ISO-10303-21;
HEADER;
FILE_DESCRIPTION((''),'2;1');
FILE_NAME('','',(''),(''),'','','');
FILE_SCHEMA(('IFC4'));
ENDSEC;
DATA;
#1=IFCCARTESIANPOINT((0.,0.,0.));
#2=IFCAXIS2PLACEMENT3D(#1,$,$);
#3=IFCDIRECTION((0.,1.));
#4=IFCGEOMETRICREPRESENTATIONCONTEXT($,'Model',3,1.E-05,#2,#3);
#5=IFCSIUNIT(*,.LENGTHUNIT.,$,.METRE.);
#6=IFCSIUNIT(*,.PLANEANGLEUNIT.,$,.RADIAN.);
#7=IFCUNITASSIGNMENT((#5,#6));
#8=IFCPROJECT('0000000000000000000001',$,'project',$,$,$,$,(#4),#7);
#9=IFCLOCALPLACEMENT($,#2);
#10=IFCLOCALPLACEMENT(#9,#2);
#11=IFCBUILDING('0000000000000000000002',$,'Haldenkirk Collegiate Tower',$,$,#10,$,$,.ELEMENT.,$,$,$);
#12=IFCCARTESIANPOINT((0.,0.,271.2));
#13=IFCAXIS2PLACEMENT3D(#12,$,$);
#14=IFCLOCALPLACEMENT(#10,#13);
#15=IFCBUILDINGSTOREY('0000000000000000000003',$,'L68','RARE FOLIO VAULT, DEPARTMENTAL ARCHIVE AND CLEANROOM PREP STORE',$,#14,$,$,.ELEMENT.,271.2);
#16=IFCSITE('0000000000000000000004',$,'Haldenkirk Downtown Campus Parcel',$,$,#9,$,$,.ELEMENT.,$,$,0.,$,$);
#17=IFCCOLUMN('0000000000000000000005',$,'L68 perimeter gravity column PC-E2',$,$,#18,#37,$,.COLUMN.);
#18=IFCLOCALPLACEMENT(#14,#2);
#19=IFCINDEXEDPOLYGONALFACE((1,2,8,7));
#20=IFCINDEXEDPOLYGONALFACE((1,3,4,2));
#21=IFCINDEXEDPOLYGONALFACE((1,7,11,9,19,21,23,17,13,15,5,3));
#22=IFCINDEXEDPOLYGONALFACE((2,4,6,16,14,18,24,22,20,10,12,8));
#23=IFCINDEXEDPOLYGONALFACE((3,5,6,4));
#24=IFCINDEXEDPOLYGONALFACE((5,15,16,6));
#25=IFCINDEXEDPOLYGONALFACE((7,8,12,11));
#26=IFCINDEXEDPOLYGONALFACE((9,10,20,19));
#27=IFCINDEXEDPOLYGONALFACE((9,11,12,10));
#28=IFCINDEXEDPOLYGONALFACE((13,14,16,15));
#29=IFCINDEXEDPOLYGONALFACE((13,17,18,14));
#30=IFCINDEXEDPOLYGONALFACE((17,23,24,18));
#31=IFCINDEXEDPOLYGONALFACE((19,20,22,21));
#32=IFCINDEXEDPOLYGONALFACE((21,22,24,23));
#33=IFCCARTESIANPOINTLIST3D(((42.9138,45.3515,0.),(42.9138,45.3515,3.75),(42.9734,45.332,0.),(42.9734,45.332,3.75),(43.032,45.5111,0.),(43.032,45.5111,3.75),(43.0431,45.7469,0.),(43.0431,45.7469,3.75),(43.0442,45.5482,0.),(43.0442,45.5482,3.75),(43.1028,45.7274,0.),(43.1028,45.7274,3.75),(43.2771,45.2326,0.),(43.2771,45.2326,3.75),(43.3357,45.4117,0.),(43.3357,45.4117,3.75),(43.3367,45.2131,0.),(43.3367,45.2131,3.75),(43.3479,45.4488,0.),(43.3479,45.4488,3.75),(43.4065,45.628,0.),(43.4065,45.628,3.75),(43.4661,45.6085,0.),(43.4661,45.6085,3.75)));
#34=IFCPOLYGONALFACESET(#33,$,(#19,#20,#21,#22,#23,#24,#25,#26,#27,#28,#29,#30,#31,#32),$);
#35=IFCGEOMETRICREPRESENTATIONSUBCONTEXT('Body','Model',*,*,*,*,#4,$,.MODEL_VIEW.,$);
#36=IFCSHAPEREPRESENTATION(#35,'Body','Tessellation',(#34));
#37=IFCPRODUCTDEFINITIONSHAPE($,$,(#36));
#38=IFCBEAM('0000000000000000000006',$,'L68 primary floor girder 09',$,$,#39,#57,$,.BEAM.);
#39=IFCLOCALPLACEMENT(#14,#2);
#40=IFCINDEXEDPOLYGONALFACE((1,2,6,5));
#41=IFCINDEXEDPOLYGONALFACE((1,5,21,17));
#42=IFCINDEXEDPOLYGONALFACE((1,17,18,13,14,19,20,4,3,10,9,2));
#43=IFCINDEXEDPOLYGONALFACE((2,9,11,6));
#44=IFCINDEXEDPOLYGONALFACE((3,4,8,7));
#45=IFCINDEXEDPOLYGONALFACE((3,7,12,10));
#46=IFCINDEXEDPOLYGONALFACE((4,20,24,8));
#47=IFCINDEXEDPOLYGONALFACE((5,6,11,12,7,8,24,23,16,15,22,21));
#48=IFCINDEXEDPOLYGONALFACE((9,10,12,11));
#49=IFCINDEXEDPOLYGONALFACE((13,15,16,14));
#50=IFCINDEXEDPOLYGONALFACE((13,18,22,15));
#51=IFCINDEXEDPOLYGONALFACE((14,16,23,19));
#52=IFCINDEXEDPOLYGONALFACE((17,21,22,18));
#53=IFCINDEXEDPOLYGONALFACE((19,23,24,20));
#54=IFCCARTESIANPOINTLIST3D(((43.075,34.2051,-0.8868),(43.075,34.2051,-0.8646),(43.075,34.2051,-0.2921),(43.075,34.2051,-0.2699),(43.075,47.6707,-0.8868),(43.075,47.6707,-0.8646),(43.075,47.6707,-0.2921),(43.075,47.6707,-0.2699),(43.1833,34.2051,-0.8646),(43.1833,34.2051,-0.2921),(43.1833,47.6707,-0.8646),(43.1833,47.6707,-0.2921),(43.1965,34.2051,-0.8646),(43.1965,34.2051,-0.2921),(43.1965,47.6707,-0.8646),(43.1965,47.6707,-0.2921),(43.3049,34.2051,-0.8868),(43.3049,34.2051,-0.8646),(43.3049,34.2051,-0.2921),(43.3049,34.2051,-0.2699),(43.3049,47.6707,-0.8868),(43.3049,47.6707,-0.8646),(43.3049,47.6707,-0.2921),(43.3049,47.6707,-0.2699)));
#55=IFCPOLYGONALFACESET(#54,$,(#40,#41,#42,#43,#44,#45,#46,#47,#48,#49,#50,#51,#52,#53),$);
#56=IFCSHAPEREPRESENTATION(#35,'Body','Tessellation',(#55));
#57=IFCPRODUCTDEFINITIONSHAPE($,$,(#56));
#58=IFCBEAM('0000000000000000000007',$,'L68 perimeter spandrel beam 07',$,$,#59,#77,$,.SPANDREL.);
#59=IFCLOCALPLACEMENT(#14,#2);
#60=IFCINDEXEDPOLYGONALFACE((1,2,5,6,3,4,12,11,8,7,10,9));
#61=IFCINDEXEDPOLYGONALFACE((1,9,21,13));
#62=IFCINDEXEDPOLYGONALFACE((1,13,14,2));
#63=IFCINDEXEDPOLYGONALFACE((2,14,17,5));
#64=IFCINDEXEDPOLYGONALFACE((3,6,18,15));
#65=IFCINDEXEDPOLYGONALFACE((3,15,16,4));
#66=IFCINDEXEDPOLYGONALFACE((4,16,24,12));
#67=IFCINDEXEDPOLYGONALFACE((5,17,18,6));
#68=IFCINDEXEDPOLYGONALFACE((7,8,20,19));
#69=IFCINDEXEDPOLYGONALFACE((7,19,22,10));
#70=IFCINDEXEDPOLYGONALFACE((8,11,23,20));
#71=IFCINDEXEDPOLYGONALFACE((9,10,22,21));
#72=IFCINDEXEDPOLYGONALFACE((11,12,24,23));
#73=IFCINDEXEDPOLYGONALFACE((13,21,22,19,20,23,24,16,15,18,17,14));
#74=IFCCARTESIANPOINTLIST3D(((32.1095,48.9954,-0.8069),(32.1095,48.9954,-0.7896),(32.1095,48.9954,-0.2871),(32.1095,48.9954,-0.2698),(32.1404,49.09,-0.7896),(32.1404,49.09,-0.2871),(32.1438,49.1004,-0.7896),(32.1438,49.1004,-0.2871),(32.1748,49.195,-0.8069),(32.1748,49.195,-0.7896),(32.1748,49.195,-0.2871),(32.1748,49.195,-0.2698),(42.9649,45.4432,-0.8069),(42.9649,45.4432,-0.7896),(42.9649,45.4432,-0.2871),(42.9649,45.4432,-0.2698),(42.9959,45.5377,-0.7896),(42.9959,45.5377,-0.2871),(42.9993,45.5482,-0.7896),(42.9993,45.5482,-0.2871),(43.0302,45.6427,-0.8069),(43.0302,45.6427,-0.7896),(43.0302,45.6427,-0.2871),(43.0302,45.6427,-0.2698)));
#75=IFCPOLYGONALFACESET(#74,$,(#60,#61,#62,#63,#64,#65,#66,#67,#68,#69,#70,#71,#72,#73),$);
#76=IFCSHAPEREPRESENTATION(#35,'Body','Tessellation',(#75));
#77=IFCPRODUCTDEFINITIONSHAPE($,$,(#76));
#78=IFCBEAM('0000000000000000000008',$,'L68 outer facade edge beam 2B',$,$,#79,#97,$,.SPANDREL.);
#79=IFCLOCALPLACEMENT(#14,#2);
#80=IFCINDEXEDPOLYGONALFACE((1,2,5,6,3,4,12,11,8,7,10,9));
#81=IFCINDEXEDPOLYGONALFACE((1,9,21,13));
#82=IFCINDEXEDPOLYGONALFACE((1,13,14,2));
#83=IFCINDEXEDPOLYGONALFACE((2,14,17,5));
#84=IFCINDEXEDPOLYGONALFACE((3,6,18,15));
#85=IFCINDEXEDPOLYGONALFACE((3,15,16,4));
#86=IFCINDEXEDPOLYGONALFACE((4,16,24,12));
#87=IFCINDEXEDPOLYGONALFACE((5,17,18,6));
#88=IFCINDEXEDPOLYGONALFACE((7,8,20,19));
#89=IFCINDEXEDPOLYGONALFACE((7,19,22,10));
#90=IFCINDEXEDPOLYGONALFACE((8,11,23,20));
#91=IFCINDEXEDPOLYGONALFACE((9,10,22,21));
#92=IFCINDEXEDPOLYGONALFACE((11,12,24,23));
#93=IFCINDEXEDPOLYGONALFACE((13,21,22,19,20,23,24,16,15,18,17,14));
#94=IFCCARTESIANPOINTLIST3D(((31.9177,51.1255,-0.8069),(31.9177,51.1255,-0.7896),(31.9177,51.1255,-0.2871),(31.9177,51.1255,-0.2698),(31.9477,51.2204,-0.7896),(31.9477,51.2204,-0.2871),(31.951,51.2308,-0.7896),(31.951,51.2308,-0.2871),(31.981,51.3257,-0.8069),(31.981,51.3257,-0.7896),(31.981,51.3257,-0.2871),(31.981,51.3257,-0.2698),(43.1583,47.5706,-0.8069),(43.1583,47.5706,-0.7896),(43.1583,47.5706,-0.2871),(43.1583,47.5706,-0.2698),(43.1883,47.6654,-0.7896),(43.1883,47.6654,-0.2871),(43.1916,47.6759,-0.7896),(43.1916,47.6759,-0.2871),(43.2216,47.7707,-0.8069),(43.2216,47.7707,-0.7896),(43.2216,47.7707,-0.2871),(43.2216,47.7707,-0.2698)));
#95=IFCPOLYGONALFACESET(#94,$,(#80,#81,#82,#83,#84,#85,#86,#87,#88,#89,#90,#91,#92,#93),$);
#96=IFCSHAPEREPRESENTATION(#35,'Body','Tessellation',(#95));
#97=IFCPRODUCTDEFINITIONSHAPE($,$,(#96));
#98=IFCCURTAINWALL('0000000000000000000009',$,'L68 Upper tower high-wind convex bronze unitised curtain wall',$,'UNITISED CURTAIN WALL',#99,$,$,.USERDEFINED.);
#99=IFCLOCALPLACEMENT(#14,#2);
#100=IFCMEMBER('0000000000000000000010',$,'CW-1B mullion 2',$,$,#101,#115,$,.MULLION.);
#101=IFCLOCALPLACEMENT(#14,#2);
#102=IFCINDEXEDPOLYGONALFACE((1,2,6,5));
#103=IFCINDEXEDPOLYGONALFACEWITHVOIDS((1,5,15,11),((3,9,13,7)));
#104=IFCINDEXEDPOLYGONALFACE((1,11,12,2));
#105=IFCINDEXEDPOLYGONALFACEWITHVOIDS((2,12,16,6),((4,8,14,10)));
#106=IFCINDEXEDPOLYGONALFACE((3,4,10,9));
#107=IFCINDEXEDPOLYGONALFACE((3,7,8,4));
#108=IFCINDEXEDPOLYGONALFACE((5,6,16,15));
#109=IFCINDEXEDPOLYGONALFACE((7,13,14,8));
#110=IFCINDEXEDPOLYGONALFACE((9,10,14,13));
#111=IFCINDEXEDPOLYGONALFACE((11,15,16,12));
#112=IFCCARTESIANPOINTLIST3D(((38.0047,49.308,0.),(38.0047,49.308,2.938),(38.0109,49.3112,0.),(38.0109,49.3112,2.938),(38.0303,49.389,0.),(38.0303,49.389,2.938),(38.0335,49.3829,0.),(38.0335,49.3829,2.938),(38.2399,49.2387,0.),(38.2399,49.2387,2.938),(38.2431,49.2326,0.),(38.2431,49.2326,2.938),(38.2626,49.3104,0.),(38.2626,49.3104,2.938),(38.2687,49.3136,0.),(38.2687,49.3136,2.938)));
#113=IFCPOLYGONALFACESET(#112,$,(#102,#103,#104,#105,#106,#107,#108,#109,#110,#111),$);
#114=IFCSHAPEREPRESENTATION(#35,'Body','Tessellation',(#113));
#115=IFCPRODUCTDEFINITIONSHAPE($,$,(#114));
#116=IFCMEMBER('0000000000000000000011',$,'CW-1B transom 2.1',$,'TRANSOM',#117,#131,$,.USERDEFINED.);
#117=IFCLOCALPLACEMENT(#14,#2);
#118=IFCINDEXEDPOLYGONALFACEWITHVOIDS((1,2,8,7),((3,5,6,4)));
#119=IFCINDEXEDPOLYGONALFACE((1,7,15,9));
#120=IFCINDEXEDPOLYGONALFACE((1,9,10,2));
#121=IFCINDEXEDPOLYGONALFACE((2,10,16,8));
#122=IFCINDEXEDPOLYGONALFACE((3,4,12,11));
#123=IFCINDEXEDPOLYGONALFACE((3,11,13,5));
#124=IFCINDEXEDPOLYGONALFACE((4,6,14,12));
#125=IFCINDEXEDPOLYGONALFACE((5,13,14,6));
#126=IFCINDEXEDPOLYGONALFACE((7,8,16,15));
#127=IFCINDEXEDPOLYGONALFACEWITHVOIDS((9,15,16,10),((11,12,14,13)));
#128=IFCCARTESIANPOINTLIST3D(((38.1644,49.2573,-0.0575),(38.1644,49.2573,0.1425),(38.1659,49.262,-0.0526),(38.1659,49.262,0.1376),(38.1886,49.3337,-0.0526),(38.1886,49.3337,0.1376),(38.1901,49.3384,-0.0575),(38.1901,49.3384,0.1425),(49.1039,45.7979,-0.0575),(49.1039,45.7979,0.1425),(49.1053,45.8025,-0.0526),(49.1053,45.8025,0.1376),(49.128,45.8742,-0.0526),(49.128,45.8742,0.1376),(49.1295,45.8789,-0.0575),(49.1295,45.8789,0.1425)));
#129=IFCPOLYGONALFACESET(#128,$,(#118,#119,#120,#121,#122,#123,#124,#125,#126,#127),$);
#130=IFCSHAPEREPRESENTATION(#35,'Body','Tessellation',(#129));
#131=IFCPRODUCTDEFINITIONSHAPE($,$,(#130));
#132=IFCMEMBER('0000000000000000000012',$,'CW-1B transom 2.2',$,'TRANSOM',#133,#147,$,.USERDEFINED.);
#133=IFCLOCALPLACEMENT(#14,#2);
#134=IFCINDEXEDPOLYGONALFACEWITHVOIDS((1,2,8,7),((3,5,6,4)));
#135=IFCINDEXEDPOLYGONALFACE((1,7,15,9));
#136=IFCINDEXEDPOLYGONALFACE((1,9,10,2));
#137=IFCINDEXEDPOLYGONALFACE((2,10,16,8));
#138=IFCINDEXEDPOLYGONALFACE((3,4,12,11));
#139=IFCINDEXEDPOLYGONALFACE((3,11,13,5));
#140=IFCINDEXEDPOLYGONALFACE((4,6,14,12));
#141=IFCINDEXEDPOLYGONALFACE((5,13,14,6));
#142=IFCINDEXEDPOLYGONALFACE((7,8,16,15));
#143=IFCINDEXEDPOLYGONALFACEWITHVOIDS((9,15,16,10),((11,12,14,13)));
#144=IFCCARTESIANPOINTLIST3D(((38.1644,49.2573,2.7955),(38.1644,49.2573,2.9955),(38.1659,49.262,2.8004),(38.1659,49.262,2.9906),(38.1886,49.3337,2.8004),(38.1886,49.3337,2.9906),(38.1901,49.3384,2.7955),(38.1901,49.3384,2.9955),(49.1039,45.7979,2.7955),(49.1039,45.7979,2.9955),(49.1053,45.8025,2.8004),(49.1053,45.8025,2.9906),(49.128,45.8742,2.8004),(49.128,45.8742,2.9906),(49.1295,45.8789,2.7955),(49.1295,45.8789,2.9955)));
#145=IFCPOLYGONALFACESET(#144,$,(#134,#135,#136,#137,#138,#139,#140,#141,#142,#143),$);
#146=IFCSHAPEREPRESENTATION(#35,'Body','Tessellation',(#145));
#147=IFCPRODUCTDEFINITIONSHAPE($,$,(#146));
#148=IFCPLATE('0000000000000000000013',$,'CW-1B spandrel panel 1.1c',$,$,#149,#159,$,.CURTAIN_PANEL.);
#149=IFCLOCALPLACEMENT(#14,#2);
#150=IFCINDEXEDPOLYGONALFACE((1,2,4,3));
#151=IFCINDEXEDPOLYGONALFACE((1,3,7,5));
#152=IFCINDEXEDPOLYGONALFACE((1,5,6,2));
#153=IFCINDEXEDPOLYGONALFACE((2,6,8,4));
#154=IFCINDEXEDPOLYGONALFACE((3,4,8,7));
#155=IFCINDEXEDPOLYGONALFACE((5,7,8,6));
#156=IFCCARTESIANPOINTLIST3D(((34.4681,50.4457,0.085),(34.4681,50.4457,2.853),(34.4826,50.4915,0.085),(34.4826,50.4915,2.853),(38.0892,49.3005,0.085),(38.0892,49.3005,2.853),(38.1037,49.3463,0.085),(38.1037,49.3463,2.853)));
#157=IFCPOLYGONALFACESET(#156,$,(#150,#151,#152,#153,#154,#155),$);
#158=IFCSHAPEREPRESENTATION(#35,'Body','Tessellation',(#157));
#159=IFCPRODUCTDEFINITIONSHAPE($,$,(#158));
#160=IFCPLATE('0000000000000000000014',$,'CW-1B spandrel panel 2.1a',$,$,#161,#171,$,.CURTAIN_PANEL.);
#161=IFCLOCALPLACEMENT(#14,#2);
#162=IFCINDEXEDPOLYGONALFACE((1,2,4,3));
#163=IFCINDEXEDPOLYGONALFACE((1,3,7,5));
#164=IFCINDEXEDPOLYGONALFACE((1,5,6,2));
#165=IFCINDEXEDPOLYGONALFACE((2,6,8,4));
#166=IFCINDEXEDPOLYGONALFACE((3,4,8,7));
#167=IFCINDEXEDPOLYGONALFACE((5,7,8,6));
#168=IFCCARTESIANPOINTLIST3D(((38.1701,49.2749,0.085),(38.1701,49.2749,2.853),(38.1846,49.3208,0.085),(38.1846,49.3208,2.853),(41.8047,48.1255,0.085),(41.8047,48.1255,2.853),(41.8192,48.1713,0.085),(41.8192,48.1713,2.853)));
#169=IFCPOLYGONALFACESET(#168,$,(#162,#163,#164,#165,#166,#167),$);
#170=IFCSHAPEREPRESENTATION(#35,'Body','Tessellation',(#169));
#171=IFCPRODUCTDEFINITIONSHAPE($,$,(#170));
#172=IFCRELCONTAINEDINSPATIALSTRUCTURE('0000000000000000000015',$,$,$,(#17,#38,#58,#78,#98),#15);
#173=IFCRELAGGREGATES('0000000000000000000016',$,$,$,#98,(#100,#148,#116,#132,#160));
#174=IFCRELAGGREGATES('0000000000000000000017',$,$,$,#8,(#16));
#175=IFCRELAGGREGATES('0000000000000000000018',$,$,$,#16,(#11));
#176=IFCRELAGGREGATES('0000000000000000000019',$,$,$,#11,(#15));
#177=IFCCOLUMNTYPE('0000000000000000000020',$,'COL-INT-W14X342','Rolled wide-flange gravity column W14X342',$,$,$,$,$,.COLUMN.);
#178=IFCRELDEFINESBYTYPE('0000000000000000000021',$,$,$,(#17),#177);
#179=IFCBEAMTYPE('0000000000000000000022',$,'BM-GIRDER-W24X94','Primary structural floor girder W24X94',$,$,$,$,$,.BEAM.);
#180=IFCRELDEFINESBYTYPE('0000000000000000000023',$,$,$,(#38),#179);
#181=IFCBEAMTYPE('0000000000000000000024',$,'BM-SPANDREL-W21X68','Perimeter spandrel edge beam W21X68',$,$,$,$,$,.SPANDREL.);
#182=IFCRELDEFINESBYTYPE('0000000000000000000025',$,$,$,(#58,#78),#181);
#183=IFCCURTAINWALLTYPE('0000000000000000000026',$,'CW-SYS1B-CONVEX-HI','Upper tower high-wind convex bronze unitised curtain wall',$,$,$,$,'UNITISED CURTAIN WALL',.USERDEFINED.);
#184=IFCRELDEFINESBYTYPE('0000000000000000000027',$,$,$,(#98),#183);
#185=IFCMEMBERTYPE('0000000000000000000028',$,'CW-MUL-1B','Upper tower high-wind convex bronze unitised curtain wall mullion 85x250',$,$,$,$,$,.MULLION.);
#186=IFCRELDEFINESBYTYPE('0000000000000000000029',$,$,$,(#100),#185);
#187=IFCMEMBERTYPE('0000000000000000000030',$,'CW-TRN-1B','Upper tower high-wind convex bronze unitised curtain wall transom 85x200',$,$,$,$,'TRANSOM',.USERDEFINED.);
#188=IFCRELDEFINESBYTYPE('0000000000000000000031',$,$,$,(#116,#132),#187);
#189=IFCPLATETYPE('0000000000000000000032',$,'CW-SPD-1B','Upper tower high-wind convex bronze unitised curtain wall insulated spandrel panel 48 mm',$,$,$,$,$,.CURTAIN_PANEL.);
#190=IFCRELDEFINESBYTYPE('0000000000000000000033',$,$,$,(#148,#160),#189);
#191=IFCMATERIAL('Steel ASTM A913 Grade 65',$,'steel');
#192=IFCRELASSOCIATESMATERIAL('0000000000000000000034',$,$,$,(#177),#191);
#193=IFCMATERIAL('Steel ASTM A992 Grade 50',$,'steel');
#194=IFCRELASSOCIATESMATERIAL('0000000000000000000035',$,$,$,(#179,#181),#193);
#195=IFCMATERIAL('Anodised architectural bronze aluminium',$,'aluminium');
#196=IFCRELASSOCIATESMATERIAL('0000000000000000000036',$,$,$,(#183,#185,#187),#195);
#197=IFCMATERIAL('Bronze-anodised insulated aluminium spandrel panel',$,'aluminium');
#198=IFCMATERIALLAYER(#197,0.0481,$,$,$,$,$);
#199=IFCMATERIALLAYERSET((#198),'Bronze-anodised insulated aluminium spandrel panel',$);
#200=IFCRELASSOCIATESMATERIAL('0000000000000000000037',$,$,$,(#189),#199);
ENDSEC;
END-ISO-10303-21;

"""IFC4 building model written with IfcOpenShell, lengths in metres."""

from ifc_helpers import new_model, si_unit, direction, frame, origin, origin_2d, place, context, subcontext, project, spatial, rectangle, hollow_rectangle, i_section, extrude, source, transform, mapped, material, layer, layer_set, material_profile, profile_set, type_object, element, aggregate, save


model = new_model("IFC4")

# Units and contexts
model_context = context("Model", 3, precision=1e-05, world=origin(), true_north=direction((0.0, 1.0)))
body_context = subcontext(model_context, "Body", "Model", "MODEL_VIEW")
ifc_project = project(units=[si_unit("LENGTHUNIT", "METRE"), si_unit("PLANEANGLEUNIT", "RADIAN")], contexts=[model_context])

# Site, building, storey
site_placement = place(None, origin())
site = spatial("IfcSite", under=ifc_project, at=site_placement, Name="Haldenkirk Downtown Campus Parcel", CompositionType="ELEMENT", RefElevation=0.0)
building_placement = place(site_placement, origin())
building = spatial("IfcBuilding", under=site, at=building_placement, Name="Haldenkirk Collegiate Tower", CompositionType="ELEMENT")
storey_placement = place(building_placement, frame((0.0, 0.0, 271.2)))
storey = spatial("IfcBuildingStorey", under=building, at=storey_placement, Name="L68", Description="RARE FOLIO VAULT, DEPARTMENTAL ARCHIVE AND CLEANROOM PREP STORE", CompositionType="ELEMENT", Elevation=271.2)

# Column
ifc_material_1 = material(Name="Steel ASTM A913 Grade 65", Category="steel")
ifc_material_profile_1 = material_profile(ifc_material_1, i_section(OverallWidth=0.416, OverallDepth=0.4451, WebThickness=0.0391, FlangeThickness=0.0627, at=origin_2d()), Name="W14X342")
ifc_profile_set_1 = profile_set([ifc_material_profile_1], Name="Steel ASTM A913 Grade 65")
column_type = type_object("IfcColumnType", Name="COL-INT-W14X342", Description="Rolled wide-flange gravity column W14X342", PredefinedType="COLUMN", material=ifc_profile_set_1)
column_placement = place(storey_placement, frame((43.1899, 45.48, 0.0), z_axis=(0.0, 0.0, 1.0), x_axis=(0.311008, 0.950407, 0.0)))
element("IfcColumn", 1, at=column_placement, inside=storey, type_object=column_type, Name="L68 perimeter gravity column PC-E2", PredefinedType="COLUMN", context=body_context, shape_type="SweptSolid", body=[
    extrude(i_section(OverallWidth=0.416, OverallDepth=0.4451, WebThickness=0.0391, FlangeThickness=0.0627, at=origin_2d()), origin(), (0.0, 0.0, 1.0), 3.75),
])

# Beams
ifc_material_2 = material(Name="Steel ASTM A992 Grade 50", Category="steel")
ifc_material_profile_2 = material_profile(ifc_material_2, i_section(OverallWidth=0.23, OverallDepth=0.6169, WebThickness=0.0132, FlangeThickness=0.0222, at=origin_2d()), Name="W24X94")
ifc_profile_set_2 = profile_set([ifc_material_profile_2], Name="Steel ASTM A992 Grade 50")
beam_type_1 = type_object("IfcBeamType", Name="BM-GIRDER-W24X94", Description="Primary structural floor girder W24X94", PredefinedType="BEAM", material=ifc_profile_set_2)
beam_1_placement = place(storey_placement, frame((43.1899, 47.6707, -0.5784), z_axis=(0.0, -1.0, 0.0), x_axis=(1.0, 0.0, 0.0)))
element("IfcBeam", 2, at=beam_1_placement, inside=storey, type_object=beam_type_1, Name="L68 primary floor girder 09", PredefinedType="BEAM", context=body_context, shape_type="SweptSolid", body=[
    extrude(i_section(OverallWidth=0.23, OverallDepth=0.6169, WebThickness=0.0132, FlangeThickness=0.0222, at=origin_2d()), origin(), (0.0, 0.0, 1.0), 13.4656),
])
ifc_material_profile_3 = material_profile(ifc_material_2, i_section(OverallWidth=0.21, OverallDepth=0.5371, WebThickness=0.011, FlangeThickness=0.0173, at=origin_2d()), Name="W21X68")
ifc_profile_set_3 = profile_set([ifc_material_profile_3], Name="Steel ASTM A992 Grade 50")
beam_type_2 = type_object("IfcBeamType", Name="BM-SPANDREL-W21X68", Description="Perimeter spandrel edge beam W21X68", PredefinedType="SPANDREL", material=ifc_profile_set_3)
beam_2_placement = place(storey_placement, frame((42.9976, 45.543, -0.5383), z_axis=(-0.950409, 0.311003, 0.0), x_axis=(-0.311003, -0.950409, 0.0)))
element("IfcBeam", 3, at=beam_2_placement, inside=storey, type_object=beam_type_2, Name="L68 perimeter spandrel beam 07", PredefinedType="SPANDREL", context=body_context, shape_type="SweptSolid", body=[
    extrude(i_section(OverallWidth=0.21, OverallDepth=0.5371, WebThickness=0.011, FlangeThickness=0.0173, at=origin_2d()), origin(), (0.0, 0.0, 1.0), 11.4219),
])
beam_3_placement = place(storey_placement, frame((43.1899, 47.6707, -0.5383), z_axis=(-0.953453, 0.301541, 0.0), x_axis=(-0.301541, -0.953453, 0.0)))
element("IfcBeam", 4, at=beam_3_placement, inside=storey, type_object=beam_type_2, Name="L68 outer facade edge beam 2B", PredefinedType="SPANDREL", context=body_context, shape_type="SweptSolid", body=[
    extrude(i_section(OverallWidth=0.21, OverallDepth=0.5371, WebThickness=0.011, FlangeThickness=0.0173, at=origin_2d()), origin(), (0.0, 0.0, 1.0), 11.7893),
])

# Curtain wall, members, plates
ifc_material_3 = material(Name="Anodised architectural bronze aluminium", Category="aluminium")
curtain_wall_type = type_object("IfcCurtainWallType", Name="CW-SYS1B-CONVEX-HI", Description="Upper tower high-wind convex bronze unitised curtain wall", ElementType="UNITISED CURTAIN WALL", PredefinedType="USERDEFINED", material=ifc_material_3)
curtain_wall_placement = place(storey_placement, origin())
curtain_wall = element("IfcCurtainWall", 5, at=curtain_wall_placement, inside=storey, type_object=curtain_wall_type, Name="L68 Upper tower high-wind convex bronze unitised curtain wall", ObjectType="UNITISED CURTAIN WALL", PredefinedType="USERDEFINED")
ifc_material_profile_4 = material_profile(ifc_material_3, hollow_rectangle(XDim=0.085, YDim=0.25, WallThickness=0.0049, at=origin_2d()), Name="CW-MUL-1B")
ifc_profile_set_4 = profile_set([ifc_material_profile_4], Name="Anodised architectural bronze aluminium")
member_type_1 = type_object("IfcMemberType", Name="CW-MUL-1B", Description="Upper tower high-wind convex bronze unitised curtain wall mullion 85x250", PredefinedType="MULLION", material=ifc_profile_set_4)
member_1_placement = place(storey_placement, frame((38.1367, 49.3108, 0.0), z_axis=(0.0, 0.0, 1.0), x_axis=(0.301537, 0.953454, 0.0)))
member_1 = element("IfcMember", 6, at=member_1_placement, type_object=member_type_1, Name="CW-1B mullion 2", PredefinedType="MULLION", context=body_context, shape_type="SweptSolid", body=[
    extrude(hollow_rectangle(XDim=0.085, YDim=0.25, WallThickness=0.0049, at=origin_2d()), origin(), (0.0, 0.0, 1.0), 2.938),
])
ifc_material_profile_5 = material_profile(ifc_material_3, hollow_rectangle(XDim=0.085, YDim=0.2, WallThickness=0.0049, at=origin_2d()), Name="CW-TRN-1B")
ifc_profile_set_5 = profile_set([ifc_material_profile_5], Name="Anodised architectural bronze aluminium")
member_type_2 = type_object("IfcMemberType", Name="CW-TRN-1B", Description="Upper tower high-wind convex bronze unitised curtain wall transom 85x200", ElementType="TRANSOM", PredefinedType="USERDEFINED", material=ifc_profile_set_5)
member_2_placement = place(storey_placement, frame((38.1772, 49.2979, 0.0425), z_axis=(0.95346, -0.30152, 0.0), x_axis=(0.30152, 0.95346, 0.0)))
member_2 = element("IfcMember", 7, at=member_2_placement, type_object=member_type_2, Name="CW-1B transom 2.1", ObjectType="TRANSOM", PredefinedType="USERDEFINED", context=body_context, shape_type="SweptSolid", body=[
    extrude(hollow_rectangle(XDim=0.085, YDim=0.2, WallThickness=0.0049, at=origin_2d()), origin(), (0.0, 0.0, 1.0), 11.4734),
])
member_3_placement = place(storey_placement, frame((38.1772, 49.2979, 2.8955), z_axis=(0.95346, -0.30152, 0.0), x_axis=(0.30152, 0.95346, 0.0)))
member_3 = element("IfcMember", 8, at=member_3_placement, type_object=member_type_2, Name="CW-1B transom 2.2", ObjectType="TRANSOM", PredefinedType="USERDEFINED", context=body_context, shape_type="SweptSolid", body=[
    extrude(hollow_rectangle(XDim=0.085, YDim=0.2, WallThickness=0.0049, at=origin_2d()), origin(), (0.0, 0.0, 1.0), 11.4734),
])
ifc_material_4 = material(Name="Bronze-anodised insulated aluminium spandrel panel", Category="aluminium")
ifc_layer_1 = layer(ifc_material_4, 0.0481)
ifc_layer_set_1 = layer_set([ifc_layer_1], Name="Bronze-anodised insulated aluminium spandrel panel")
plate_type_1 = type_object("IfcPlateType", Name="CW-SPD-1B", Description="Upper tower high-wind convex bronze unitised curtain wall insulated spandrel panel 48 mm", PredefinedType="CURTAIN_PANEL", material=ifc_layer_set_1)
shared_shape_1 = source(origin(), body_context, "Body", "SweptSolid", [
    extrude(rectangle(XDim=3.7979, YDim=0.0481, at=origin_2d()), origin(), (0.0, 0.0, 1.0), 2.7681),
])
plate_1_placement = place(storey_placement, frame((36.2859, 49.896, 0.085), z_axis=(0.0, 0.0, 1.0), x_axis=(0.953454, -0.301537, 0.0)))
plate_1 = element("IfcPlate", 9, at=plate_1_placement, type_object=plate_type_1, Name="CW-1B spandrel panel 1.1c", PredefinedType="CURTAIN_PANEL", context=body_context, shape_type="MappedRepresentation", body=[
    mapped(shared_shape_1, transform((0.0, 0.0, 0.0), x_axis=(1.0, 0.0, 0.0), y_axis=(0.0, 1.0, 0.0), z_axis=(0.0, 0.0, 1.0), scale=1.0)),
])
shared_shape_2 = source(origin(), body_context, "Body", "SweptSolid", [
    extrude(rectangle(XDim=3.812, YDim=0.0481, at=origin_2d()), origin(), (0.0, 0.0, 1.0), 2.7681),
])
plate_2_placement = place(storey_placement, frame((39.9946, 48.7231, 0.085), z_axis=(0.0, 0.0, 1.0), x_axis=(0.953454, -0.301537, 0.0)))
plate_2 = element("IfcPlate", 10, at=plate_2_placement, type_object=plate_type_1, Name="CW-1B spandrel panel 2.1a", PredefinedType="CURTAIN_PANEL", context=body_context, shape_type="MappedRepresentation", body=[
    mapped(shared_shape_2, transform((0.0, 0.0, 0.0), x_axis=(1.0, 0.0, 0.0), y_axis=(0.0, 1.0, 0.0), z_axis=(0.0, 0.0, 1.0), scale=1.0)),
])
aggregate(curtain_wall, [member_1, plate_1, member_2, member_3, plate_2])

save(model, "model.ifc")
